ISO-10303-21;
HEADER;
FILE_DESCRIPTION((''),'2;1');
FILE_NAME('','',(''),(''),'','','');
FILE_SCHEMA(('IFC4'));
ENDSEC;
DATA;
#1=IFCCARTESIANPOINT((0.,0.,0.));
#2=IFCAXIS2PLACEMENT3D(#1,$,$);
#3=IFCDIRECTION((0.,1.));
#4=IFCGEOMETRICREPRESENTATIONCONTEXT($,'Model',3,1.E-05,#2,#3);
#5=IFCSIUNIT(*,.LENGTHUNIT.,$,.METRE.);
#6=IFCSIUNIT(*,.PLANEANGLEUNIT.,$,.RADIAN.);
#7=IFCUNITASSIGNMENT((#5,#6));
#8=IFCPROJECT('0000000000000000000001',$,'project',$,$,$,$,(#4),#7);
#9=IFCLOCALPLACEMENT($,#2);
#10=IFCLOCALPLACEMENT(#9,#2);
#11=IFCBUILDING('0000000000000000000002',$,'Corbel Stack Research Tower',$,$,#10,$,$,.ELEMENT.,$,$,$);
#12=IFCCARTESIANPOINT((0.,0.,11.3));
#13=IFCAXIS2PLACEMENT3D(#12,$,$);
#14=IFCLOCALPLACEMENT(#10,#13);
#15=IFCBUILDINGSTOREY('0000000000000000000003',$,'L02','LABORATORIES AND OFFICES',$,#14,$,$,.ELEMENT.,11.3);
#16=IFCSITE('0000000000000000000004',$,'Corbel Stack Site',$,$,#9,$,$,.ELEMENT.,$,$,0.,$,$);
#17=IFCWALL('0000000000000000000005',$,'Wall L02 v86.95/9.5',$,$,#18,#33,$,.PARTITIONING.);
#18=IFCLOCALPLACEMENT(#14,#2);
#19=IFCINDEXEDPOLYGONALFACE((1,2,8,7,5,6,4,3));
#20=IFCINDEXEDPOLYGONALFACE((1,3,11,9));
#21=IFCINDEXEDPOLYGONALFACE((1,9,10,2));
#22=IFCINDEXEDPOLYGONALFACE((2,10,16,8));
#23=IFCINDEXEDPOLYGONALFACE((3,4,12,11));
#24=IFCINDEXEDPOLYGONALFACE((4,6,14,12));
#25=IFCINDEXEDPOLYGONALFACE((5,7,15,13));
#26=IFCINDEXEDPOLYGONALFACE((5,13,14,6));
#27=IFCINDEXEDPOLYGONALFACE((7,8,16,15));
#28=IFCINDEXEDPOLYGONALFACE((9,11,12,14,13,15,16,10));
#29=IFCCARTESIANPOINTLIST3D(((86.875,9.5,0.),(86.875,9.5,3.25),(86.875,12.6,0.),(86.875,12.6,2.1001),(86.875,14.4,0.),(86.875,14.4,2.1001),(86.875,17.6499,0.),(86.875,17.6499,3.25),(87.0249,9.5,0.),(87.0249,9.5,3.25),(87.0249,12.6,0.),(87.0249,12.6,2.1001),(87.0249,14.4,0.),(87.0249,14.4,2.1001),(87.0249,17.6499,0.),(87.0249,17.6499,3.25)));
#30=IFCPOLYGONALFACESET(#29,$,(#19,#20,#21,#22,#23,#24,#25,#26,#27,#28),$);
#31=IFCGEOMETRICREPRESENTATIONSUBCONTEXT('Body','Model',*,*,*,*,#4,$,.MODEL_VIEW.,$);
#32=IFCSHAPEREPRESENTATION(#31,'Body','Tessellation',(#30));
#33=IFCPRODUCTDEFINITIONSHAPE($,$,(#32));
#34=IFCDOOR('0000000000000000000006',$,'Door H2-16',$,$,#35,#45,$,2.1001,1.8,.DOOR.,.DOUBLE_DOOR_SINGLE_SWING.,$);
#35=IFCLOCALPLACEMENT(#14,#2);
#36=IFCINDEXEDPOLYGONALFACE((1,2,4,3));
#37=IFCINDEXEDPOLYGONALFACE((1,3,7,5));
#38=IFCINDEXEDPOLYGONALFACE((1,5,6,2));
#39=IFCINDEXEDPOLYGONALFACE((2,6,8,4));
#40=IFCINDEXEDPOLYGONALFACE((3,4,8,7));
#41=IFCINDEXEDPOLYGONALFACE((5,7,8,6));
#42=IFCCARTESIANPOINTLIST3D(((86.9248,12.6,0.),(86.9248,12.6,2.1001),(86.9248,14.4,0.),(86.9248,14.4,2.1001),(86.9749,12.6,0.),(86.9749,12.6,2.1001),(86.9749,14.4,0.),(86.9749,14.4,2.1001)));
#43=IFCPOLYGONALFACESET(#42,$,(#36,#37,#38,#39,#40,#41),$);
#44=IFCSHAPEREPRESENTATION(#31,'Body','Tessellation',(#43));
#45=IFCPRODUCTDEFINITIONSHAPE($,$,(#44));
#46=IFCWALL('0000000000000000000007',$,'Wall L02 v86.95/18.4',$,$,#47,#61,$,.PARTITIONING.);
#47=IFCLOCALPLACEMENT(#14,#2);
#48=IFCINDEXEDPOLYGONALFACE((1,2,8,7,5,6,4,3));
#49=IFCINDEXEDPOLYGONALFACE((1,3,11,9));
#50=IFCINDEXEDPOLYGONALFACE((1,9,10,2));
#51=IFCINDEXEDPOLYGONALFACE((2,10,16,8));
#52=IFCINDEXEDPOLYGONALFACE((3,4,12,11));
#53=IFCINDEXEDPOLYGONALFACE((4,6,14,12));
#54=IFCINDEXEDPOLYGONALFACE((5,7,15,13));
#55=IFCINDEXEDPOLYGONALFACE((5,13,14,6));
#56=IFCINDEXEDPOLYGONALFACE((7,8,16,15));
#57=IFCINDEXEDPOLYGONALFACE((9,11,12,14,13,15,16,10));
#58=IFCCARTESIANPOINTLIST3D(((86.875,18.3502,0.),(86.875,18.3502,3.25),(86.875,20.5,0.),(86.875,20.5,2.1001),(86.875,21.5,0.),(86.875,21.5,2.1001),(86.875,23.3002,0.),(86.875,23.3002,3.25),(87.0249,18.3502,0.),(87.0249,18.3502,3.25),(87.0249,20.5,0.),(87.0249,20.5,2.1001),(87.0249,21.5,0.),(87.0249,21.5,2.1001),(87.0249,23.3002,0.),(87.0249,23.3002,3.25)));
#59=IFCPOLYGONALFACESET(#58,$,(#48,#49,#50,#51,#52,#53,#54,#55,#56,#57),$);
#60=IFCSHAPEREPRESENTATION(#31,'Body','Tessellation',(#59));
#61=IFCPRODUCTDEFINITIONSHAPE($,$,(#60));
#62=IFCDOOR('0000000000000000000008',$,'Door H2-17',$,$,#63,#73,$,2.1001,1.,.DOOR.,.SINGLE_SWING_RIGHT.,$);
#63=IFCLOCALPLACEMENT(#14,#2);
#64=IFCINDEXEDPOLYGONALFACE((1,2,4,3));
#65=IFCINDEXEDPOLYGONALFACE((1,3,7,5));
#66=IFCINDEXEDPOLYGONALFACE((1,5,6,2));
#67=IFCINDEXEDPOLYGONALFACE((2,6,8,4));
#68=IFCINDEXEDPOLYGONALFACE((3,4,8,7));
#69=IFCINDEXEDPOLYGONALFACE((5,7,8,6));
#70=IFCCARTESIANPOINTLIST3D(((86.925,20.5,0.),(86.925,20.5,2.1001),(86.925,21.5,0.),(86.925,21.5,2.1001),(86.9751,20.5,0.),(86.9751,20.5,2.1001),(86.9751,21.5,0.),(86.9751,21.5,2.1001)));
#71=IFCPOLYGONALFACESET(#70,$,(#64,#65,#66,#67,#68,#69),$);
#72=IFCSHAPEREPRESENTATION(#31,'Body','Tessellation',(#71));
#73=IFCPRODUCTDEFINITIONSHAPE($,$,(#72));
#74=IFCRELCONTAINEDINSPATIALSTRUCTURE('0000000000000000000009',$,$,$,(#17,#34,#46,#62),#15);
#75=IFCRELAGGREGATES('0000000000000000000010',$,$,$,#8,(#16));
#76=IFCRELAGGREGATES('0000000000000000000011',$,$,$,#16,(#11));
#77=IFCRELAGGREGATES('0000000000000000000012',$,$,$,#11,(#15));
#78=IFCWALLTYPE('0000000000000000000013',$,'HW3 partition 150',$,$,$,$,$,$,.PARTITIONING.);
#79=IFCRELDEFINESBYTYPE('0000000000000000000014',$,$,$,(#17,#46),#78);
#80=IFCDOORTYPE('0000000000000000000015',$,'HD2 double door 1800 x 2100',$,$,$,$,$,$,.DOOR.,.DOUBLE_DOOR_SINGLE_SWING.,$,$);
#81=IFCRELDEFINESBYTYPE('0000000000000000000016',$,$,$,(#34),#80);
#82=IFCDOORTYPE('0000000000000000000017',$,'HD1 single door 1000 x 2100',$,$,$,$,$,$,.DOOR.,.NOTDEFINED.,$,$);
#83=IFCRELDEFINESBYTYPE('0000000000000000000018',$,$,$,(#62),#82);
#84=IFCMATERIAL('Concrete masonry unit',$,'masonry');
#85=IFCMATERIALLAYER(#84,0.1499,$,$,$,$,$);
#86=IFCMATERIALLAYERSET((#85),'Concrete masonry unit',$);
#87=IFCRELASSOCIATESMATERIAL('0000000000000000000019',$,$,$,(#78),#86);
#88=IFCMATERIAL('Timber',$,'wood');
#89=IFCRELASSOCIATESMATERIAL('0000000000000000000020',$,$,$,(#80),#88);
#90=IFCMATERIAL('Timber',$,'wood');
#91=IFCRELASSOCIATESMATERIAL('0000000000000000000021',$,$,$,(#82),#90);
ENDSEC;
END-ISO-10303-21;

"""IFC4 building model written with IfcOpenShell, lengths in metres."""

from ifc_helpers import new_model, si_unit, direction, frame, frame_2d, origin, place, context, subcontext, project, spatial, rectangle, extrude, material, layer, layer_set, type_object, element, fill, save


model = new_model("IFC4")

# Units and contexts
model_context = context("Model", 3, precision=1e-05, world=origin(), true_north=direction((0.0, 1.0)))
body_context = subcontext(model_context, "Body", "Model", "MODEL_VIEW")
ifc_project = project(units=[si_unit("LENGTHUNIT", "METRE"), si_unit("PLANEANGLEUNIT", "RADIAN")], contexts=[model_context])

# Site, building, storey
site_placement = place(None, origin())
site = spatial("IfcSite", under=ifc_project, at=site_placement, Name="Corbel Stack Site", CompositionType="ELEMENT", RefElevation=0.0)
building_placement = place(site_placement, origin())
building = spatial("IfcBuilding", under=site, at=building_placement, Name="Corbel Stack Research Tower", CompositionType="ELEMENT")
storey_placement = place(building_placement, frame((0.0, 0.0, 11.3)))
storey = spatial("IfcBuildingStorey", under=building, at=storey_placement, Name="L02", Description="LABORATORIES AND OFFICES", CompositionType="ELEMENT", Elevation=11.3)

# Shared definitions
ifc_material_1 = material(Name="Concrete masonry unit", Category="masonry")
ifc_layer = layer(ifc_material_1, 0.1499)
ifc_layer_set = layer_set([ifc_layer], Name="Concrete masonry unit")
wall_type = type_object("IfcWallType", Name="HW3 partition 150", PredefinedType="PARTITIONING", material=ifc_layer_set)

# Walls, openings, doors
ifc_material_2 = material(Name="Timber", Category="wood")
door_type_1 = type_object("IfcDoorType", Name="HD2 double door 1800 x 2100", OperationType="DOUBLE_DOOR_SINGLE_SWING", PredefinedType="DOOR", material=ifc_material_2)
wall_1_placement = place(storey_placement, frame((86.95, 17.6499, 0.0), z_axis=(0.0, 0.0, 1.0), x_axis=(0.0, -1.0, 0.0)))
wall_1 = element("IfcWall", 1, at=wall_1_placement, inside=storey, type_object=wall_type, Name="Wall L02 v86.95/9.5", PredefinedType="PARTITIONING", context=body_context, shape_type="SweptSolid", body=[
    extrude(rectangle(XDim=8.1499, YDim=0.1499, at=frame_2d((4.075, 0.0))), origin(), (0.0, 0.0, 1.0), 3.25),
])
opening_1_placement = place(wall_1_placement, frame((3.25, 0.0, 0.0)))
opening_1 = element("IfcOpeningElement", 2, at=opening_1_placement, cuts=wall_1, PredefinedType="OPENING", context=body_context, shape_type="SweptSolid", body=[
    extrude(rectangle(XDim=1.8, YDim=2.1001, at=frame_2d((0.8999, 1.05))), frame((0.0, 0.085, 0.0), z_axis=(0.0, -1.0, 0.0), x_axis=(1.0, 0.0, 0.0)), (0.0, 0.0, 1.0), 0.1699),
])
door_1_placement = place(opening_1_placement, origin())
door_1 = element("IfcDoor", 3, at=door_1_placement, inside=storey, type_object=door_type_1, Name="Door H2-16", OperationType="DOUBLE_DOOR_SINGLE_SWING", OverallHeight=2.1001, OverallWidth=1.8, PredefinedType="DOOR", context=body_context, shape_type="SweptSolid", body=[
    extrude(rectangle(XDim=1.8, YDim=2.1001, at=frame_2d((0.8999, 1.05))), frame((0.0, 0.0249, 0.0), z_axis=(0.0, -1.0, 0.0), x_axis=(1.0, 0.0, 0.0)), (0.0, 0.0, 1.0), 0.05),
])
fill(opening_1, door_1)
wall_2_placement = place(storey_placement, frame((86.95, 18.3501, 0.0), z_axis=(0.0, 0.0, 1.0), x_axis=(0.0, 1.0, 0.0)))
wall_2 = element("IfcWall", 4, at=wall_2_placement, inside=storey, type_object=wall_type, Name="Wall L02 v86.95/18.4", PredefinedType="PARTITIONING", context=body_context, shape_type="SweptSolid", body=[
    extrude(rectangle(XDim=4.95, YDim=0.1499, at=frame_2d((2.4751, 0.0))), origin(), (0.0, 0.0, 1.0), 3.25),
])
opening_2_placement = place(wall_2_placement, frame((2.1499, 0.0, 0.0)))
opening_2 = element("IfcOpeningElement", 5, at=opening_2_placement, cuts=wall_2, PredefinedType="OPENING", context=body_context, shape_type="SweptSolid", body=[
    extrude(rectangle(XDim=1.0, YDim=2.1001, at=frame_2d((0.5, 1.05))), frame((0.0, 0.085, 0.0), z_axis=(0.0, -1.0, 0.0), x_axis=(1.0, 0.0, 0.0)), (0.0, 0.0, 1.0), 0.1699),
])
ifc_material_3 = material(Name="Timber", Category="wood")
door_type_2 = type_object("IfcDoorType", Name="HD1 single door 1000 x 2100", OperationType="NOTDEFINED", PredefinedType="DOOR", material=ifc_material_3)
door_2_placement = place(opening_2_placement, origin())
door_2 = element("IfcDoor", 6, at=door_2_placement, inside=storey, type_object=door_type_2, Name="Door H2-17", OperationType="SINGLE_SWING_RIGHT", OverallHeight=2.1001, OverallWidth=1.0, PredefinedType="DOOR", context=body_context, shape_type="SweptSolid", body=[
    extrude(rectangle(XDim=1.0, YDim=2.1001, at=frame_2d((0.5, 1.05))), frame((0.0, 0.0249, 0.0), z_axis=(0.0, -1.0, 0.0), x_axis=(1.0, 0.0, 0.0)), (0.0, 0.0, 1.0), 0.05),
])
fill(opening_2, door_2)

save(model, "model.ifc")
